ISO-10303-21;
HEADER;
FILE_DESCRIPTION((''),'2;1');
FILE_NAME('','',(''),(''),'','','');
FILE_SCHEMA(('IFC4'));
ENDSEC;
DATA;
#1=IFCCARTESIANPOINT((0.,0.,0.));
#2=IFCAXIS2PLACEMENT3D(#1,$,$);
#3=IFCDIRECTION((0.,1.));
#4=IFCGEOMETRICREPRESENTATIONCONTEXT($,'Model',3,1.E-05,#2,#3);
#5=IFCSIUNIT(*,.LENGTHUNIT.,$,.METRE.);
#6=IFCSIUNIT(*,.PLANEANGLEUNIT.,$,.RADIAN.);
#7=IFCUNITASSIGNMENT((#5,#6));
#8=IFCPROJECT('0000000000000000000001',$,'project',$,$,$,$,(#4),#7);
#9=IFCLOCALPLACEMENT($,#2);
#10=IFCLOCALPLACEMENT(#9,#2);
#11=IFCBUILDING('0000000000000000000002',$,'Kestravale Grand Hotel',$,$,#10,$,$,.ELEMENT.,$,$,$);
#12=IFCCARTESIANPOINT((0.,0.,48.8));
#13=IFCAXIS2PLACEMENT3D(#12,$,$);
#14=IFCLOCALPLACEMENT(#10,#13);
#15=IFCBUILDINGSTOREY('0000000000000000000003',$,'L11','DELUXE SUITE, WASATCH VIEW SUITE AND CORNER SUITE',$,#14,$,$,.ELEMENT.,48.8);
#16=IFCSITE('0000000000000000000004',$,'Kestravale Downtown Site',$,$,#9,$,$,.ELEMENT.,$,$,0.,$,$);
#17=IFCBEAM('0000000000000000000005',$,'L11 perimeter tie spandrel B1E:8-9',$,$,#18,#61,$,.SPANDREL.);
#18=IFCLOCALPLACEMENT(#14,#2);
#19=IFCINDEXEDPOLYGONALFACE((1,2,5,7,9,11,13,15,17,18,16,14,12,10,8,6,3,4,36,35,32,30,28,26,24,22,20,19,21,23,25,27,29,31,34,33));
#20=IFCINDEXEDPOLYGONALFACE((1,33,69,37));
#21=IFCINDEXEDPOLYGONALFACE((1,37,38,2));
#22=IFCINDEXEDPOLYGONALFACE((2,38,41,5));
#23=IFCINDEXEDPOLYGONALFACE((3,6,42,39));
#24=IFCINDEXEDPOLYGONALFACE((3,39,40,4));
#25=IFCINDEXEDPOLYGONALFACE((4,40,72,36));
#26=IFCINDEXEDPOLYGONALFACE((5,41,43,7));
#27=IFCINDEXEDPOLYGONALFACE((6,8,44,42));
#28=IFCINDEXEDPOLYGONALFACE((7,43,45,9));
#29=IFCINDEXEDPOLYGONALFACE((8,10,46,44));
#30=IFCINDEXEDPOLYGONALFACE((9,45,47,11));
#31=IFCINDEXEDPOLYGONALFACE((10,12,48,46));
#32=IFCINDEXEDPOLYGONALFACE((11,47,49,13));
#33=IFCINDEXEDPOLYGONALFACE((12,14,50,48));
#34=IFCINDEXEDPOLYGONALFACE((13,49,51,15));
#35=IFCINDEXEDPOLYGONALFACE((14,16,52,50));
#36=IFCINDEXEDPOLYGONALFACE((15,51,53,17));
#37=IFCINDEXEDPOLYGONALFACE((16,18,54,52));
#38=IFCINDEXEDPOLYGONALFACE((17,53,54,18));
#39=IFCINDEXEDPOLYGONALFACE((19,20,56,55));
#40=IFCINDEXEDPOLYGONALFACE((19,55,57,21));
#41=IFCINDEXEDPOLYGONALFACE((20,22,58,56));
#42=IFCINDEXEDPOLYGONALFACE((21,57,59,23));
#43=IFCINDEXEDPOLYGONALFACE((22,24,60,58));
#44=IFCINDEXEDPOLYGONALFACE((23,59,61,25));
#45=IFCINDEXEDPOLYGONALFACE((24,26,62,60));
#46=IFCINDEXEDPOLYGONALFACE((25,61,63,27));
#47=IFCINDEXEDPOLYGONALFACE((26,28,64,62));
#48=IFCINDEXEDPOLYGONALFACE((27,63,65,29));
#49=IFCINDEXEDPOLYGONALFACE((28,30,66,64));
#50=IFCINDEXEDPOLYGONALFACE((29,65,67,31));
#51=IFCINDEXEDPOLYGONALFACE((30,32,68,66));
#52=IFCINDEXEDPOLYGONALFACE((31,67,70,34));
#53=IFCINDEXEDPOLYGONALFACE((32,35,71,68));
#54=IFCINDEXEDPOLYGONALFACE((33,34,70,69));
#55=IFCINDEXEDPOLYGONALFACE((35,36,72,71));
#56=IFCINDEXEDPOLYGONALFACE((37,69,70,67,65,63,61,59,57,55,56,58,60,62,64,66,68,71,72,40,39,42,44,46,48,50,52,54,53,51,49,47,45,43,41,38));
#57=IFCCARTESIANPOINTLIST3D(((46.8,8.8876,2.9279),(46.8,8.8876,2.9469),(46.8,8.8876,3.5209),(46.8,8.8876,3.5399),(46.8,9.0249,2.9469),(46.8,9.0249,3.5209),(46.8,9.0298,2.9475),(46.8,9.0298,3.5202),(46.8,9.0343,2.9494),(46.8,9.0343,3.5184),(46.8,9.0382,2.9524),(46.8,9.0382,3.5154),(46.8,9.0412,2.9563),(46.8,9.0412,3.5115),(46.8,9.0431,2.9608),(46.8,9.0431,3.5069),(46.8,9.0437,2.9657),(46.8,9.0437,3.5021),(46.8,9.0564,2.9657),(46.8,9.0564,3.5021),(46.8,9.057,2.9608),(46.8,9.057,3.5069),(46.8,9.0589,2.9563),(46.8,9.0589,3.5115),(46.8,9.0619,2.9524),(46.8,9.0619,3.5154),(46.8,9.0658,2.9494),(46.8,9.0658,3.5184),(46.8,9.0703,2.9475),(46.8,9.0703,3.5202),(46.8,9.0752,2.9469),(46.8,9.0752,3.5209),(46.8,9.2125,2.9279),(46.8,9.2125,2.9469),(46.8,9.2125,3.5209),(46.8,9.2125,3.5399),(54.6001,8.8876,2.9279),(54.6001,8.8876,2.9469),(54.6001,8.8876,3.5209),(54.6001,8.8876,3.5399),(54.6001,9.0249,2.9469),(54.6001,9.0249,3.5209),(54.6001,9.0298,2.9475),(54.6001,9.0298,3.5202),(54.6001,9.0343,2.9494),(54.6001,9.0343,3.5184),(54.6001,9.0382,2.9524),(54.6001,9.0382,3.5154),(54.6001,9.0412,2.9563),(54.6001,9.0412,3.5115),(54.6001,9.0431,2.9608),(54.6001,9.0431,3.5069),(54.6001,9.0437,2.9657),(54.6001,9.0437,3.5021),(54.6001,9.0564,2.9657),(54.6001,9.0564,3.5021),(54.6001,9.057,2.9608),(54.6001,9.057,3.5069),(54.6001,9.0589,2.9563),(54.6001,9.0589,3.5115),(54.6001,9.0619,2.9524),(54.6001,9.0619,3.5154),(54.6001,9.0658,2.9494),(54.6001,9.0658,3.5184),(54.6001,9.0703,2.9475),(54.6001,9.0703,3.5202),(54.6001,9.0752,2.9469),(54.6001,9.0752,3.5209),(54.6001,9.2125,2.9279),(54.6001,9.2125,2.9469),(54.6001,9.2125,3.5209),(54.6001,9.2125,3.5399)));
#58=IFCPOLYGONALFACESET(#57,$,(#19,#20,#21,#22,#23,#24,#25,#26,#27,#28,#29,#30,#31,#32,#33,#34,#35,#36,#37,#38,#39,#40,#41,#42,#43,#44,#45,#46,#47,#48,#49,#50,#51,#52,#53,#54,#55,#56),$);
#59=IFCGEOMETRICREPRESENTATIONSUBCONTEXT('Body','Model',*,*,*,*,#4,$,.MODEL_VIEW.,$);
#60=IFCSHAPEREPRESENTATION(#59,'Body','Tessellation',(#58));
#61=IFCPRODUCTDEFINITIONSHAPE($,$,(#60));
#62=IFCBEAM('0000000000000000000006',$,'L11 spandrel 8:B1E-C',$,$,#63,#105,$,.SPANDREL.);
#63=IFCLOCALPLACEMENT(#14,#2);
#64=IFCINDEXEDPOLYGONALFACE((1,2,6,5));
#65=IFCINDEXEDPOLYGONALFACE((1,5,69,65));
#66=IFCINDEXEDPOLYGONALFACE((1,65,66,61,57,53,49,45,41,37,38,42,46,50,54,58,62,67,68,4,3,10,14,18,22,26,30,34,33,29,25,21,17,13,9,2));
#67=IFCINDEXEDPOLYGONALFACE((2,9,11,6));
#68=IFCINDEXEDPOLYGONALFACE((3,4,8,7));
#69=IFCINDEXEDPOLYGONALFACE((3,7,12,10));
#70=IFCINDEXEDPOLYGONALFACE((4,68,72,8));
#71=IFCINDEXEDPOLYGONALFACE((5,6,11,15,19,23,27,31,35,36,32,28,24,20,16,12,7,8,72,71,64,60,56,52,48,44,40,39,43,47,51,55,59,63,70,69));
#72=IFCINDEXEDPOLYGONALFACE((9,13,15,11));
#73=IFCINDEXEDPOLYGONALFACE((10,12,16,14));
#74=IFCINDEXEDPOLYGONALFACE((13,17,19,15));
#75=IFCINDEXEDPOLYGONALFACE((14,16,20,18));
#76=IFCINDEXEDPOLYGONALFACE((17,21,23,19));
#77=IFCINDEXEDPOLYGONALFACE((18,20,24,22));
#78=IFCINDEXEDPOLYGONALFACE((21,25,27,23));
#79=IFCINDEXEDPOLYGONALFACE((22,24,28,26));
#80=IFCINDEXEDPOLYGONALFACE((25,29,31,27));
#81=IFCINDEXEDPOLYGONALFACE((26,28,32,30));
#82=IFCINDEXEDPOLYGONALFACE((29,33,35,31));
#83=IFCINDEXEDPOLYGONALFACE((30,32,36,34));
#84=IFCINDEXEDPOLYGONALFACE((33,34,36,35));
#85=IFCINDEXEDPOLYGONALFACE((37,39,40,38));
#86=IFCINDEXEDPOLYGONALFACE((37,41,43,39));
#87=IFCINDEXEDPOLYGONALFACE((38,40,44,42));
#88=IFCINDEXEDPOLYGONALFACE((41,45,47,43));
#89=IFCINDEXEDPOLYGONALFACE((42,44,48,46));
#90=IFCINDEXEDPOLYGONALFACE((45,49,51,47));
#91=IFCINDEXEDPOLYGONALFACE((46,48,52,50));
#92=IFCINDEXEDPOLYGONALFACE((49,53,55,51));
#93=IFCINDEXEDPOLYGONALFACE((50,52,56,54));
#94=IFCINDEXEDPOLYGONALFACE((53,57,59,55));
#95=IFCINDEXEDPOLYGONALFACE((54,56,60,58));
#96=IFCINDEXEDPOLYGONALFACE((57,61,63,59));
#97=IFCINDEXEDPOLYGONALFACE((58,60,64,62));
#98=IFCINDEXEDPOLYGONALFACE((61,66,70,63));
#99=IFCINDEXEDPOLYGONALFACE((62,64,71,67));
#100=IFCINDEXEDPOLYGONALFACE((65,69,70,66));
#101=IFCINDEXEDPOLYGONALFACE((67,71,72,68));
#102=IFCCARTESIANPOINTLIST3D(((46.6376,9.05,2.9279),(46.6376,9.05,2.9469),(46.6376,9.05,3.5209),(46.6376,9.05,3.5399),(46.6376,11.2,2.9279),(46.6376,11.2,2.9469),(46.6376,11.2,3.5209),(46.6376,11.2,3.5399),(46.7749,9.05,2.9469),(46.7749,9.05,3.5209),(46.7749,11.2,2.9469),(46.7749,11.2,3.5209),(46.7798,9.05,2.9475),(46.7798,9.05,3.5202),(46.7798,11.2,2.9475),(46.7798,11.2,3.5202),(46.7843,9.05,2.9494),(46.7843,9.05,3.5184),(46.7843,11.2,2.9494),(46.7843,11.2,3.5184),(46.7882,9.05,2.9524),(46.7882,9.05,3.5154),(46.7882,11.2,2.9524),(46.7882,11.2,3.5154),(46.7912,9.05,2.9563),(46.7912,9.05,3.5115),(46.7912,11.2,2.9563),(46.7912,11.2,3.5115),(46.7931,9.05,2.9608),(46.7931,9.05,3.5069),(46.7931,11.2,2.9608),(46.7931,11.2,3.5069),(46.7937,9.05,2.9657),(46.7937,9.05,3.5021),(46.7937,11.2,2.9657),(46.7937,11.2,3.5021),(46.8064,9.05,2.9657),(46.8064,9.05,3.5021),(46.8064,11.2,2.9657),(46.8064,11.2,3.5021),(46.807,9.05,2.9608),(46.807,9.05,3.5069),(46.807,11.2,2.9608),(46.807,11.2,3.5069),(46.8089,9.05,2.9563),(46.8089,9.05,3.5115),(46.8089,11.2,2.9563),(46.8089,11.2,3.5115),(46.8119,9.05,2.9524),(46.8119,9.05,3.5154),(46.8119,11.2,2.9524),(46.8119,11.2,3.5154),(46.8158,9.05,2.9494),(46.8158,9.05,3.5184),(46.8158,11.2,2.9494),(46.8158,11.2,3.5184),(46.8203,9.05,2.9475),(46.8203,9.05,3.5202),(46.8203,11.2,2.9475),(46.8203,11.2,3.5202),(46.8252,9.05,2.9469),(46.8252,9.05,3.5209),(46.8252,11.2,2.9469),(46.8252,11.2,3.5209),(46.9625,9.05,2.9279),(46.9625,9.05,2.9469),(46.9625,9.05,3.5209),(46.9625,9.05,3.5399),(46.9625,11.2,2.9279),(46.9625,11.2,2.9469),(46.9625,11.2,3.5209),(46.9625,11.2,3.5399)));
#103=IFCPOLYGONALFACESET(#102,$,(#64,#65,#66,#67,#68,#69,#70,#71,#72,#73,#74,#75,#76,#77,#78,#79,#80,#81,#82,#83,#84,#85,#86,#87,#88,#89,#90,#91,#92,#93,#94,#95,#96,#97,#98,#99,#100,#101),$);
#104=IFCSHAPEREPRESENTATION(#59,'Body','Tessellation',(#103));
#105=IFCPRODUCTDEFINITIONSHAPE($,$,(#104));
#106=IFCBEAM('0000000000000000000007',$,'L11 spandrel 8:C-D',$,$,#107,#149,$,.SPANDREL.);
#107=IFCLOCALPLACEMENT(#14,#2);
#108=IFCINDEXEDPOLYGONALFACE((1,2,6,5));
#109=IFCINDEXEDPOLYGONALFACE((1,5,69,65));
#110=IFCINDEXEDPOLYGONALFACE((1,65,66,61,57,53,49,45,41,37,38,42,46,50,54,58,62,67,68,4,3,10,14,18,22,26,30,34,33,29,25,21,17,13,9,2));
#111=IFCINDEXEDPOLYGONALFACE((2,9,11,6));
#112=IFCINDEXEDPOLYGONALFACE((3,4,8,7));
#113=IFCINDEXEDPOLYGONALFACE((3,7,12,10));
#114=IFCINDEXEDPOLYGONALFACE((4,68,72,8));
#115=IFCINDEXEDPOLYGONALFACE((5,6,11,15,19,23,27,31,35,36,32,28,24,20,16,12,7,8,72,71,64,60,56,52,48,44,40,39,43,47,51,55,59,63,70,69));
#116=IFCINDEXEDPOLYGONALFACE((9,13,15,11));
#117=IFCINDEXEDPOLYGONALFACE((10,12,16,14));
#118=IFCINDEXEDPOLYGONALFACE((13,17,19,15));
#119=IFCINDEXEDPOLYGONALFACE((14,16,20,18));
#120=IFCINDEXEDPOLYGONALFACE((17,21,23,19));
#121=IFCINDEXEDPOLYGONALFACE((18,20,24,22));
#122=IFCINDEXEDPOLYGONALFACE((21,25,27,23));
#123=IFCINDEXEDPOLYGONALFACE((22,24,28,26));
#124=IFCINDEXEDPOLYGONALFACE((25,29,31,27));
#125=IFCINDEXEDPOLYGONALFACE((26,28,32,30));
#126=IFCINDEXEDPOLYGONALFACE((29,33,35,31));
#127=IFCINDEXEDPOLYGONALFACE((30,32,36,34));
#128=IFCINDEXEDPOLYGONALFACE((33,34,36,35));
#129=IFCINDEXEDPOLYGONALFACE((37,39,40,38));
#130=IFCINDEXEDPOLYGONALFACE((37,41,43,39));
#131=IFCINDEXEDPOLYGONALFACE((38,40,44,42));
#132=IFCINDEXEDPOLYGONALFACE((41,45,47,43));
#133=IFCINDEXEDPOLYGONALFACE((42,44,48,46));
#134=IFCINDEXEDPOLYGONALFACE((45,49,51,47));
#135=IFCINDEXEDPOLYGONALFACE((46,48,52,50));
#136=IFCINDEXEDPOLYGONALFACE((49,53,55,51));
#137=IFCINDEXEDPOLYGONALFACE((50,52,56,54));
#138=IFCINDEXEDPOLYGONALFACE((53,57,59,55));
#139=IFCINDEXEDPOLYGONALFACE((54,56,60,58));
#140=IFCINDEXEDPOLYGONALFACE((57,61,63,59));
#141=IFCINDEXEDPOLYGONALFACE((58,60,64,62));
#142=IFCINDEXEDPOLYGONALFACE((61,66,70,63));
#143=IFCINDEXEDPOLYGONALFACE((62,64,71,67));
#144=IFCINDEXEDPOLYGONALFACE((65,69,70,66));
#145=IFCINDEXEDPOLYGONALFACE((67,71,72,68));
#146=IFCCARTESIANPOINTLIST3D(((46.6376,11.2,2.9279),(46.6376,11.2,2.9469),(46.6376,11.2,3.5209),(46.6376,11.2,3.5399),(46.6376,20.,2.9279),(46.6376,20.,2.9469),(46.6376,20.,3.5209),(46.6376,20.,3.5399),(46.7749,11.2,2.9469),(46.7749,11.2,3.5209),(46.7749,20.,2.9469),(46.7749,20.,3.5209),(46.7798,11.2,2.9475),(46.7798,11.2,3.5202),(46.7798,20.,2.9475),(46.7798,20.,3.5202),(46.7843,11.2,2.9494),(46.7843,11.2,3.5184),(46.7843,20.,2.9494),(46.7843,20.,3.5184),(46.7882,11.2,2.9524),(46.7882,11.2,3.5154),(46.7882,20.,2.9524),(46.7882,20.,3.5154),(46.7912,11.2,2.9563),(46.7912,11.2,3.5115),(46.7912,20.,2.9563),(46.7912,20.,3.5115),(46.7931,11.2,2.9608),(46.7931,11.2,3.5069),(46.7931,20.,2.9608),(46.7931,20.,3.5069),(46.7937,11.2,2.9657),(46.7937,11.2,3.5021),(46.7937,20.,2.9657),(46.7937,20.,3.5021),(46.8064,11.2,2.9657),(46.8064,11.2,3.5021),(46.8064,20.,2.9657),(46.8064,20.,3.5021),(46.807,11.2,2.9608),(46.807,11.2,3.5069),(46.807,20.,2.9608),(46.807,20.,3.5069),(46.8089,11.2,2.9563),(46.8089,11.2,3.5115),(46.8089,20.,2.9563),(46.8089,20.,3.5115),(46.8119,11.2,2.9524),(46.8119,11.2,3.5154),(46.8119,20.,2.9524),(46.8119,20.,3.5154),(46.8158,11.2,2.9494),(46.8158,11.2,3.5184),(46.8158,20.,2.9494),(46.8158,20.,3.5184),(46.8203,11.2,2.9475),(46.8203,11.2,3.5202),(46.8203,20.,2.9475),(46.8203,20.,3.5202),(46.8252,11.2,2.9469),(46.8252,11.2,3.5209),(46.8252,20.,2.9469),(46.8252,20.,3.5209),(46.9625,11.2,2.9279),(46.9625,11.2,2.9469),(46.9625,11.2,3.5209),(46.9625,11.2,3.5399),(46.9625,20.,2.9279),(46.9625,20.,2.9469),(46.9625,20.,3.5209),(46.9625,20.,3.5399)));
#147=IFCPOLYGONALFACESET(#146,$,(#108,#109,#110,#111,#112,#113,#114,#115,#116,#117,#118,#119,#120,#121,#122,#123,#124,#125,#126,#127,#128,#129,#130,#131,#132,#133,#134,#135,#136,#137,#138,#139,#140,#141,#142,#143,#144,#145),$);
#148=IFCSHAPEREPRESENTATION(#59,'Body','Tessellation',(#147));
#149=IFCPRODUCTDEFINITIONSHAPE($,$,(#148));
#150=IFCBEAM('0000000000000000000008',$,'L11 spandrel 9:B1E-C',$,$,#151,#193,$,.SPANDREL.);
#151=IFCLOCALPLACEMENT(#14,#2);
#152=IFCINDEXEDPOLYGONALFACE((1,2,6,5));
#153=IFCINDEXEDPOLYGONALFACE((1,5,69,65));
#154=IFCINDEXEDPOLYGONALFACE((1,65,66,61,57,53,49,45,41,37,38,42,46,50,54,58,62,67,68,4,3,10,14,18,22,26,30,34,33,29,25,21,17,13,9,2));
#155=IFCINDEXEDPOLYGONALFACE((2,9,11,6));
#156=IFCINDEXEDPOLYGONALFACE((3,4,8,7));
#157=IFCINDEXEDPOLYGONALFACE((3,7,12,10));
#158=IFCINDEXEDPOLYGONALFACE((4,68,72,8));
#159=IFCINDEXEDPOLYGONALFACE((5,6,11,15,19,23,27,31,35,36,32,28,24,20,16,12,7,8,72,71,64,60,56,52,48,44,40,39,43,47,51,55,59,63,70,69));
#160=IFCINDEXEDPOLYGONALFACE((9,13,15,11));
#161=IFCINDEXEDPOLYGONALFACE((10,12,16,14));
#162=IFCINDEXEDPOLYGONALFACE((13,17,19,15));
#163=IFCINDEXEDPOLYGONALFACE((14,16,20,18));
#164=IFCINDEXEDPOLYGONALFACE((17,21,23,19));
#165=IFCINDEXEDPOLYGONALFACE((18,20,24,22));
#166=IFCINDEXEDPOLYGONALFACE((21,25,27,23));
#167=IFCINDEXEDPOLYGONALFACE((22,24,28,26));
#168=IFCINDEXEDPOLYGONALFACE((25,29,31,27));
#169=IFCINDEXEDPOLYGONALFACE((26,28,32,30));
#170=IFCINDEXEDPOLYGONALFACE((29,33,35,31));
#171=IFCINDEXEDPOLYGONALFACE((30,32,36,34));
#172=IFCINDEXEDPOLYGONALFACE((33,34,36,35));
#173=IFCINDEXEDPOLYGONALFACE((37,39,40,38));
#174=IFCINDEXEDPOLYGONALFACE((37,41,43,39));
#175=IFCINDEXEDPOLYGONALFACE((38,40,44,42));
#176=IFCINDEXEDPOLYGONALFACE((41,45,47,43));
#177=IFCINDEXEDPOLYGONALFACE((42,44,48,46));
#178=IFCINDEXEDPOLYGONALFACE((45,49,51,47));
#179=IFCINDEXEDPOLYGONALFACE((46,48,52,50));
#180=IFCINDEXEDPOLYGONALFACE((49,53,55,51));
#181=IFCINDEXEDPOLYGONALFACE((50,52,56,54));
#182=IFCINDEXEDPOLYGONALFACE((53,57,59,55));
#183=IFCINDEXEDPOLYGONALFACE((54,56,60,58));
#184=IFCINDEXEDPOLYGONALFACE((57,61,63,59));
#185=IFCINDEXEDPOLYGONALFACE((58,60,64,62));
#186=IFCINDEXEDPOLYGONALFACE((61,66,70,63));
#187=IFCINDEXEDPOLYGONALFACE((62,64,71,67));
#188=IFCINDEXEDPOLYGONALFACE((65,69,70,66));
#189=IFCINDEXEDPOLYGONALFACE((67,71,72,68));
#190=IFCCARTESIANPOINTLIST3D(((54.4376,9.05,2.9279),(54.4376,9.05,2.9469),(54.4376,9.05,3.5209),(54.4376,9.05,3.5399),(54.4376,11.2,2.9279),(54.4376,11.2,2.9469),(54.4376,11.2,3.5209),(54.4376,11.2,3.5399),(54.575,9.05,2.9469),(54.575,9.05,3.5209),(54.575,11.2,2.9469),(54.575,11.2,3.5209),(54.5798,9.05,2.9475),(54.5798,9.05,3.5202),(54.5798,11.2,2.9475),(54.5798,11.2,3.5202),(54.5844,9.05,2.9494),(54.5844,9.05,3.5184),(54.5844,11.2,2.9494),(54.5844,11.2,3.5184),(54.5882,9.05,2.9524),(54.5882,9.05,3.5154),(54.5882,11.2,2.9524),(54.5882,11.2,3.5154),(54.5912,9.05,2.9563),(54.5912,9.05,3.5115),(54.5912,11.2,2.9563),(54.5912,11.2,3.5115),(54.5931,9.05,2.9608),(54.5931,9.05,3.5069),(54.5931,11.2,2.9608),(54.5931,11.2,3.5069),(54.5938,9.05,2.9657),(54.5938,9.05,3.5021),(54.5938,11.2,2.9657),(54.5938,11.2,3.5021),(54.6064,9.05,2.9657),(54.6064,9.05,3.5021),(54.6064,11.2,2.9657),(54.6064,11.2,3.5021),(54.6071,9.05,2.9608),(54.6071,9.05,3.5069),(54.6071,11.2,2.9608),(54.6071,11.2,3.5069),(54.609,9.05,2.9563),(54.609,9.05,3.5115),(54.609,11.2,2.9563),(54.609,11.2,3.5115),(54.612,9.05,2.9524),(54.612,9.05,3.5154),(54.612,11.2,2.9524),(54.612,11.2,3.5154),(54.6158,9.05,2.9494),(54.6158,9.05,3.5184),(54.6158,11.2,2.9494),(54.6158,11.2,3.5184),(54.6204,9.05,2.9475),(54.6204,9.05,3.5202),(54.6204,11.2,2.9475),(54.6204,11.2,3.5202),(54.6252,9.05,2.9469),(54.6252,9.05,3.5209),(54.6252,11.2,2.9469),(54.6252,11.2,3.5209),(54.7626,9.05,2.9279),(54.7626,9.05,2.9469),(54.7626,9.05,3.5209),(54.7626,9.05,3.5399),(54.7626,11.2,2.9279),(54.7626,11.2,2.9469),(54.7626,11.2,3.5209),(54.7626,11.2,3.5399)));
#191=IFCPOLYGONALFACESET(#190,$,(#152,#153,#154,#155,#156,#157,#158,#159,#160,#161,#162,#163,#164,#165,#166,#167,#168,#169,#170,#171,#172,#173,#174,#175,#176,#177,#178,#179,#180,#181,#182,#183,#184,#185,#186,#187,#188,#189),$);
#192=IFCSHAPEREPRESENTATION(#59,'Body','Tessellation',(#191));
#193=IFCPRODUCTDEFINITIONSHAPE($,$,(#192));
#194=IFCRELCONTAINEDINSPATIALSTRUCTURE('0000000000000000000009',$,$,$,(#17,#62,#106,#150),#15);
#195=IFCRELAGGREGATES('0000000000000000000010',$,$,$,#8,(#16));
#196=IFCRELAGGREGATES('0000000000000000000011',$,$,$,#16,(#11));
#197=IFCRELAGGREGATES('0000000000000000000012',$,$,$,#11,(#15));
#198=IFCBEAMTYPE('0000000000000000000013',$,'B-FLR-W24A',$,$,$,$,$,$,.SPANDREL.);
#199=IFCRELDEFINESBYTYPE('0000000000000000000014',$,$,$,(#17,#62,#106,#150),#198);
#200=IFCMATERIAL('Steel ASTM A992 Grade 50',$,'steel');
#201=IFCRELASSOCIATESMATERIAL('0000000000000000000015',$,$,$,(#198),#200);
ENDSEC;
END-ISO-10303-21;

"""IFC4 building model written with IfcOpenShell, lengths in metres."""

from ifc_helpers import new_model, si_unit, direction, frame, origin, origin_2d, place, context, subcontext, project, spatial, i_section, extrude, material, material_profile, profile_set, type_object, element, save


model = new_model("IFC4")

# Units and contexts
model_context = context("Model", 3, precision=1e-05, world=origin(), true_north=direction((0.0, 1.0)))
body_context = subcontext(model_context, "Body", "Model", "MODEL_VIEW")
ifc_project = project(units=[si_unit("LENGTHUNIT", "METRE"), si_unit("PLANEANGLEUNIT", "RADIAN")], contexts=[model_context])

# Site, building, storey
site_placement = place(None, origin())
site = spatial("IfcSite", under=ifc_project, at=site_placement, Name="Kestravale Downtown Site", CompositionType="ELEMENT", RefElevation=0.0)
building_placement = place(site_placement, origin())
building = spatial("IfcBuilding", under=site, at=building_placement, Name="Kestravale Grand Hotel", CompositionType="ELEMENT")
storey_placement = place(building_placement, frame((0.0, 0.0, 48.8)))
storey = spatial("IfcBuildingStorey", under=building, at=storey_placement, Name="L11", Description="DELUXE SUITE, WASATCH VIEW SUITE AND CORNER SUITE", CompositionType="ELEMENT", Elevation=48.8)

# Beams
ifc_material_1 = material(Name="Steel ASTM A992 Grade 50", Category="steel")
ifc_material_profile_1 = material_profile(ifc_material_1, i_section(OverallWidth=0.325, OverallDepth=0.6121, WebThickness=0.0127, FlangeThickness=0.019, FilletRadius=0.0188, at=origin_2d()))
ifc_profile_set_1 = profile_set([ifc_material_profile_1], Name="Steel ASTM A992 Grade 50")
beam_type_1 = type_object("IfcBeamType", Name="B-FLR-W24A", PredefinedType="SPANDREL", material=ifc_profile_set_1)
beam_1_placement = place(storey_placement, frame((46.8, 9.05, 3.2339), z_axis=(1.0, 0.0, 0.0), x_axis=(0.0, 1.0, 0.0)))
element("IfcBeam", 1, at=beam_1_placement, inside=storey, type_object=beam_type_1, Name="L11 perimeter tie spandrel B1E:8-9", PredefinedType="SPANDREL", context=body_context, shape_type="SweptSolid", body=[
    extrude(i_section(OverallWidth=0.325, OverallDepth=0.6121, WebThickness=0.0127, FlangeThickness=0.019, FilletRadius=0.0188, at=origin_2d()), origin(), (0.0, 0.0, 1.0), 7.8),
])
beam_2_placement = place(storey_placement, frame((46.8, 9.05, 3.2339), z_axis=(0.0, 1.0, 0.0), x_axis=(-1.0, 0.0, 0.0)))
element("IfcBeam", 2, at=beam_2_placement, inside=storey, type_object=beam_type_1, Name="L11 spandrel 8:B1E-C", PredefinedType="SPANDREL", context=body_context, shape_type="SweptSolid", body=[
    extrude(i_section(OverallWidth=0.325, OverallDepth=0.6121, WebThickness=0.0127, FlangeThickness=0.019, FilletRadius=0.0188, at=origin_2d()), origin(), (0.0, 0.0, 1.0), 2.1499),
])
beam_3_placement = place(storey_placement, frame((46.8, 11.2, 3.2339), z_axis=(0.0, 1.0, 0.0), x_axis=(-1.0, 0.0, 0.0)))
element("IfcBeam", 3, at=beam_3_placement, inside=storey, type_object=beam_type_1, Name="L11 spandrel 8:C-D", PredefinedType="SPANDREL", context=body_context, shape_type="SweptSolid", body=[
    extrude(i_section(OverallWidth=0.325, OverallDepth=0.6121, WebThickness=0.0127, FlangeThickness=0.019, FilletRadius=0.0188, at=origin_2d()), origin(), (0.0, 0.0, 1.0), 8.8),
])
beam_4_placement = place(storey_placement, frame((54.6001, 9.05, 3.2339), z_axis=(0.0, 1.0, 0.0), x_axis=(-1.0, 0.0, 0.0)))
element("IfcBeam", 4, at=beam_4_placement, inside=storey, type_object=beam_type_1, Name="L11 spandrel 9:B1E-C", PredefinedType="SPANDREL", context=body_context, shape_type="SweptSolid", body=[
    extrude(i_section(OverallWidth=0.325, OverallDepth=0.6121, WebThickness=0.0127, FlangeThickness=0.019, FilletRadius=0.0188, at=origin_2d()), origin(), (0.0, 0.0, 1.0), 2.1499),
])

save(model, "model.ifc")
